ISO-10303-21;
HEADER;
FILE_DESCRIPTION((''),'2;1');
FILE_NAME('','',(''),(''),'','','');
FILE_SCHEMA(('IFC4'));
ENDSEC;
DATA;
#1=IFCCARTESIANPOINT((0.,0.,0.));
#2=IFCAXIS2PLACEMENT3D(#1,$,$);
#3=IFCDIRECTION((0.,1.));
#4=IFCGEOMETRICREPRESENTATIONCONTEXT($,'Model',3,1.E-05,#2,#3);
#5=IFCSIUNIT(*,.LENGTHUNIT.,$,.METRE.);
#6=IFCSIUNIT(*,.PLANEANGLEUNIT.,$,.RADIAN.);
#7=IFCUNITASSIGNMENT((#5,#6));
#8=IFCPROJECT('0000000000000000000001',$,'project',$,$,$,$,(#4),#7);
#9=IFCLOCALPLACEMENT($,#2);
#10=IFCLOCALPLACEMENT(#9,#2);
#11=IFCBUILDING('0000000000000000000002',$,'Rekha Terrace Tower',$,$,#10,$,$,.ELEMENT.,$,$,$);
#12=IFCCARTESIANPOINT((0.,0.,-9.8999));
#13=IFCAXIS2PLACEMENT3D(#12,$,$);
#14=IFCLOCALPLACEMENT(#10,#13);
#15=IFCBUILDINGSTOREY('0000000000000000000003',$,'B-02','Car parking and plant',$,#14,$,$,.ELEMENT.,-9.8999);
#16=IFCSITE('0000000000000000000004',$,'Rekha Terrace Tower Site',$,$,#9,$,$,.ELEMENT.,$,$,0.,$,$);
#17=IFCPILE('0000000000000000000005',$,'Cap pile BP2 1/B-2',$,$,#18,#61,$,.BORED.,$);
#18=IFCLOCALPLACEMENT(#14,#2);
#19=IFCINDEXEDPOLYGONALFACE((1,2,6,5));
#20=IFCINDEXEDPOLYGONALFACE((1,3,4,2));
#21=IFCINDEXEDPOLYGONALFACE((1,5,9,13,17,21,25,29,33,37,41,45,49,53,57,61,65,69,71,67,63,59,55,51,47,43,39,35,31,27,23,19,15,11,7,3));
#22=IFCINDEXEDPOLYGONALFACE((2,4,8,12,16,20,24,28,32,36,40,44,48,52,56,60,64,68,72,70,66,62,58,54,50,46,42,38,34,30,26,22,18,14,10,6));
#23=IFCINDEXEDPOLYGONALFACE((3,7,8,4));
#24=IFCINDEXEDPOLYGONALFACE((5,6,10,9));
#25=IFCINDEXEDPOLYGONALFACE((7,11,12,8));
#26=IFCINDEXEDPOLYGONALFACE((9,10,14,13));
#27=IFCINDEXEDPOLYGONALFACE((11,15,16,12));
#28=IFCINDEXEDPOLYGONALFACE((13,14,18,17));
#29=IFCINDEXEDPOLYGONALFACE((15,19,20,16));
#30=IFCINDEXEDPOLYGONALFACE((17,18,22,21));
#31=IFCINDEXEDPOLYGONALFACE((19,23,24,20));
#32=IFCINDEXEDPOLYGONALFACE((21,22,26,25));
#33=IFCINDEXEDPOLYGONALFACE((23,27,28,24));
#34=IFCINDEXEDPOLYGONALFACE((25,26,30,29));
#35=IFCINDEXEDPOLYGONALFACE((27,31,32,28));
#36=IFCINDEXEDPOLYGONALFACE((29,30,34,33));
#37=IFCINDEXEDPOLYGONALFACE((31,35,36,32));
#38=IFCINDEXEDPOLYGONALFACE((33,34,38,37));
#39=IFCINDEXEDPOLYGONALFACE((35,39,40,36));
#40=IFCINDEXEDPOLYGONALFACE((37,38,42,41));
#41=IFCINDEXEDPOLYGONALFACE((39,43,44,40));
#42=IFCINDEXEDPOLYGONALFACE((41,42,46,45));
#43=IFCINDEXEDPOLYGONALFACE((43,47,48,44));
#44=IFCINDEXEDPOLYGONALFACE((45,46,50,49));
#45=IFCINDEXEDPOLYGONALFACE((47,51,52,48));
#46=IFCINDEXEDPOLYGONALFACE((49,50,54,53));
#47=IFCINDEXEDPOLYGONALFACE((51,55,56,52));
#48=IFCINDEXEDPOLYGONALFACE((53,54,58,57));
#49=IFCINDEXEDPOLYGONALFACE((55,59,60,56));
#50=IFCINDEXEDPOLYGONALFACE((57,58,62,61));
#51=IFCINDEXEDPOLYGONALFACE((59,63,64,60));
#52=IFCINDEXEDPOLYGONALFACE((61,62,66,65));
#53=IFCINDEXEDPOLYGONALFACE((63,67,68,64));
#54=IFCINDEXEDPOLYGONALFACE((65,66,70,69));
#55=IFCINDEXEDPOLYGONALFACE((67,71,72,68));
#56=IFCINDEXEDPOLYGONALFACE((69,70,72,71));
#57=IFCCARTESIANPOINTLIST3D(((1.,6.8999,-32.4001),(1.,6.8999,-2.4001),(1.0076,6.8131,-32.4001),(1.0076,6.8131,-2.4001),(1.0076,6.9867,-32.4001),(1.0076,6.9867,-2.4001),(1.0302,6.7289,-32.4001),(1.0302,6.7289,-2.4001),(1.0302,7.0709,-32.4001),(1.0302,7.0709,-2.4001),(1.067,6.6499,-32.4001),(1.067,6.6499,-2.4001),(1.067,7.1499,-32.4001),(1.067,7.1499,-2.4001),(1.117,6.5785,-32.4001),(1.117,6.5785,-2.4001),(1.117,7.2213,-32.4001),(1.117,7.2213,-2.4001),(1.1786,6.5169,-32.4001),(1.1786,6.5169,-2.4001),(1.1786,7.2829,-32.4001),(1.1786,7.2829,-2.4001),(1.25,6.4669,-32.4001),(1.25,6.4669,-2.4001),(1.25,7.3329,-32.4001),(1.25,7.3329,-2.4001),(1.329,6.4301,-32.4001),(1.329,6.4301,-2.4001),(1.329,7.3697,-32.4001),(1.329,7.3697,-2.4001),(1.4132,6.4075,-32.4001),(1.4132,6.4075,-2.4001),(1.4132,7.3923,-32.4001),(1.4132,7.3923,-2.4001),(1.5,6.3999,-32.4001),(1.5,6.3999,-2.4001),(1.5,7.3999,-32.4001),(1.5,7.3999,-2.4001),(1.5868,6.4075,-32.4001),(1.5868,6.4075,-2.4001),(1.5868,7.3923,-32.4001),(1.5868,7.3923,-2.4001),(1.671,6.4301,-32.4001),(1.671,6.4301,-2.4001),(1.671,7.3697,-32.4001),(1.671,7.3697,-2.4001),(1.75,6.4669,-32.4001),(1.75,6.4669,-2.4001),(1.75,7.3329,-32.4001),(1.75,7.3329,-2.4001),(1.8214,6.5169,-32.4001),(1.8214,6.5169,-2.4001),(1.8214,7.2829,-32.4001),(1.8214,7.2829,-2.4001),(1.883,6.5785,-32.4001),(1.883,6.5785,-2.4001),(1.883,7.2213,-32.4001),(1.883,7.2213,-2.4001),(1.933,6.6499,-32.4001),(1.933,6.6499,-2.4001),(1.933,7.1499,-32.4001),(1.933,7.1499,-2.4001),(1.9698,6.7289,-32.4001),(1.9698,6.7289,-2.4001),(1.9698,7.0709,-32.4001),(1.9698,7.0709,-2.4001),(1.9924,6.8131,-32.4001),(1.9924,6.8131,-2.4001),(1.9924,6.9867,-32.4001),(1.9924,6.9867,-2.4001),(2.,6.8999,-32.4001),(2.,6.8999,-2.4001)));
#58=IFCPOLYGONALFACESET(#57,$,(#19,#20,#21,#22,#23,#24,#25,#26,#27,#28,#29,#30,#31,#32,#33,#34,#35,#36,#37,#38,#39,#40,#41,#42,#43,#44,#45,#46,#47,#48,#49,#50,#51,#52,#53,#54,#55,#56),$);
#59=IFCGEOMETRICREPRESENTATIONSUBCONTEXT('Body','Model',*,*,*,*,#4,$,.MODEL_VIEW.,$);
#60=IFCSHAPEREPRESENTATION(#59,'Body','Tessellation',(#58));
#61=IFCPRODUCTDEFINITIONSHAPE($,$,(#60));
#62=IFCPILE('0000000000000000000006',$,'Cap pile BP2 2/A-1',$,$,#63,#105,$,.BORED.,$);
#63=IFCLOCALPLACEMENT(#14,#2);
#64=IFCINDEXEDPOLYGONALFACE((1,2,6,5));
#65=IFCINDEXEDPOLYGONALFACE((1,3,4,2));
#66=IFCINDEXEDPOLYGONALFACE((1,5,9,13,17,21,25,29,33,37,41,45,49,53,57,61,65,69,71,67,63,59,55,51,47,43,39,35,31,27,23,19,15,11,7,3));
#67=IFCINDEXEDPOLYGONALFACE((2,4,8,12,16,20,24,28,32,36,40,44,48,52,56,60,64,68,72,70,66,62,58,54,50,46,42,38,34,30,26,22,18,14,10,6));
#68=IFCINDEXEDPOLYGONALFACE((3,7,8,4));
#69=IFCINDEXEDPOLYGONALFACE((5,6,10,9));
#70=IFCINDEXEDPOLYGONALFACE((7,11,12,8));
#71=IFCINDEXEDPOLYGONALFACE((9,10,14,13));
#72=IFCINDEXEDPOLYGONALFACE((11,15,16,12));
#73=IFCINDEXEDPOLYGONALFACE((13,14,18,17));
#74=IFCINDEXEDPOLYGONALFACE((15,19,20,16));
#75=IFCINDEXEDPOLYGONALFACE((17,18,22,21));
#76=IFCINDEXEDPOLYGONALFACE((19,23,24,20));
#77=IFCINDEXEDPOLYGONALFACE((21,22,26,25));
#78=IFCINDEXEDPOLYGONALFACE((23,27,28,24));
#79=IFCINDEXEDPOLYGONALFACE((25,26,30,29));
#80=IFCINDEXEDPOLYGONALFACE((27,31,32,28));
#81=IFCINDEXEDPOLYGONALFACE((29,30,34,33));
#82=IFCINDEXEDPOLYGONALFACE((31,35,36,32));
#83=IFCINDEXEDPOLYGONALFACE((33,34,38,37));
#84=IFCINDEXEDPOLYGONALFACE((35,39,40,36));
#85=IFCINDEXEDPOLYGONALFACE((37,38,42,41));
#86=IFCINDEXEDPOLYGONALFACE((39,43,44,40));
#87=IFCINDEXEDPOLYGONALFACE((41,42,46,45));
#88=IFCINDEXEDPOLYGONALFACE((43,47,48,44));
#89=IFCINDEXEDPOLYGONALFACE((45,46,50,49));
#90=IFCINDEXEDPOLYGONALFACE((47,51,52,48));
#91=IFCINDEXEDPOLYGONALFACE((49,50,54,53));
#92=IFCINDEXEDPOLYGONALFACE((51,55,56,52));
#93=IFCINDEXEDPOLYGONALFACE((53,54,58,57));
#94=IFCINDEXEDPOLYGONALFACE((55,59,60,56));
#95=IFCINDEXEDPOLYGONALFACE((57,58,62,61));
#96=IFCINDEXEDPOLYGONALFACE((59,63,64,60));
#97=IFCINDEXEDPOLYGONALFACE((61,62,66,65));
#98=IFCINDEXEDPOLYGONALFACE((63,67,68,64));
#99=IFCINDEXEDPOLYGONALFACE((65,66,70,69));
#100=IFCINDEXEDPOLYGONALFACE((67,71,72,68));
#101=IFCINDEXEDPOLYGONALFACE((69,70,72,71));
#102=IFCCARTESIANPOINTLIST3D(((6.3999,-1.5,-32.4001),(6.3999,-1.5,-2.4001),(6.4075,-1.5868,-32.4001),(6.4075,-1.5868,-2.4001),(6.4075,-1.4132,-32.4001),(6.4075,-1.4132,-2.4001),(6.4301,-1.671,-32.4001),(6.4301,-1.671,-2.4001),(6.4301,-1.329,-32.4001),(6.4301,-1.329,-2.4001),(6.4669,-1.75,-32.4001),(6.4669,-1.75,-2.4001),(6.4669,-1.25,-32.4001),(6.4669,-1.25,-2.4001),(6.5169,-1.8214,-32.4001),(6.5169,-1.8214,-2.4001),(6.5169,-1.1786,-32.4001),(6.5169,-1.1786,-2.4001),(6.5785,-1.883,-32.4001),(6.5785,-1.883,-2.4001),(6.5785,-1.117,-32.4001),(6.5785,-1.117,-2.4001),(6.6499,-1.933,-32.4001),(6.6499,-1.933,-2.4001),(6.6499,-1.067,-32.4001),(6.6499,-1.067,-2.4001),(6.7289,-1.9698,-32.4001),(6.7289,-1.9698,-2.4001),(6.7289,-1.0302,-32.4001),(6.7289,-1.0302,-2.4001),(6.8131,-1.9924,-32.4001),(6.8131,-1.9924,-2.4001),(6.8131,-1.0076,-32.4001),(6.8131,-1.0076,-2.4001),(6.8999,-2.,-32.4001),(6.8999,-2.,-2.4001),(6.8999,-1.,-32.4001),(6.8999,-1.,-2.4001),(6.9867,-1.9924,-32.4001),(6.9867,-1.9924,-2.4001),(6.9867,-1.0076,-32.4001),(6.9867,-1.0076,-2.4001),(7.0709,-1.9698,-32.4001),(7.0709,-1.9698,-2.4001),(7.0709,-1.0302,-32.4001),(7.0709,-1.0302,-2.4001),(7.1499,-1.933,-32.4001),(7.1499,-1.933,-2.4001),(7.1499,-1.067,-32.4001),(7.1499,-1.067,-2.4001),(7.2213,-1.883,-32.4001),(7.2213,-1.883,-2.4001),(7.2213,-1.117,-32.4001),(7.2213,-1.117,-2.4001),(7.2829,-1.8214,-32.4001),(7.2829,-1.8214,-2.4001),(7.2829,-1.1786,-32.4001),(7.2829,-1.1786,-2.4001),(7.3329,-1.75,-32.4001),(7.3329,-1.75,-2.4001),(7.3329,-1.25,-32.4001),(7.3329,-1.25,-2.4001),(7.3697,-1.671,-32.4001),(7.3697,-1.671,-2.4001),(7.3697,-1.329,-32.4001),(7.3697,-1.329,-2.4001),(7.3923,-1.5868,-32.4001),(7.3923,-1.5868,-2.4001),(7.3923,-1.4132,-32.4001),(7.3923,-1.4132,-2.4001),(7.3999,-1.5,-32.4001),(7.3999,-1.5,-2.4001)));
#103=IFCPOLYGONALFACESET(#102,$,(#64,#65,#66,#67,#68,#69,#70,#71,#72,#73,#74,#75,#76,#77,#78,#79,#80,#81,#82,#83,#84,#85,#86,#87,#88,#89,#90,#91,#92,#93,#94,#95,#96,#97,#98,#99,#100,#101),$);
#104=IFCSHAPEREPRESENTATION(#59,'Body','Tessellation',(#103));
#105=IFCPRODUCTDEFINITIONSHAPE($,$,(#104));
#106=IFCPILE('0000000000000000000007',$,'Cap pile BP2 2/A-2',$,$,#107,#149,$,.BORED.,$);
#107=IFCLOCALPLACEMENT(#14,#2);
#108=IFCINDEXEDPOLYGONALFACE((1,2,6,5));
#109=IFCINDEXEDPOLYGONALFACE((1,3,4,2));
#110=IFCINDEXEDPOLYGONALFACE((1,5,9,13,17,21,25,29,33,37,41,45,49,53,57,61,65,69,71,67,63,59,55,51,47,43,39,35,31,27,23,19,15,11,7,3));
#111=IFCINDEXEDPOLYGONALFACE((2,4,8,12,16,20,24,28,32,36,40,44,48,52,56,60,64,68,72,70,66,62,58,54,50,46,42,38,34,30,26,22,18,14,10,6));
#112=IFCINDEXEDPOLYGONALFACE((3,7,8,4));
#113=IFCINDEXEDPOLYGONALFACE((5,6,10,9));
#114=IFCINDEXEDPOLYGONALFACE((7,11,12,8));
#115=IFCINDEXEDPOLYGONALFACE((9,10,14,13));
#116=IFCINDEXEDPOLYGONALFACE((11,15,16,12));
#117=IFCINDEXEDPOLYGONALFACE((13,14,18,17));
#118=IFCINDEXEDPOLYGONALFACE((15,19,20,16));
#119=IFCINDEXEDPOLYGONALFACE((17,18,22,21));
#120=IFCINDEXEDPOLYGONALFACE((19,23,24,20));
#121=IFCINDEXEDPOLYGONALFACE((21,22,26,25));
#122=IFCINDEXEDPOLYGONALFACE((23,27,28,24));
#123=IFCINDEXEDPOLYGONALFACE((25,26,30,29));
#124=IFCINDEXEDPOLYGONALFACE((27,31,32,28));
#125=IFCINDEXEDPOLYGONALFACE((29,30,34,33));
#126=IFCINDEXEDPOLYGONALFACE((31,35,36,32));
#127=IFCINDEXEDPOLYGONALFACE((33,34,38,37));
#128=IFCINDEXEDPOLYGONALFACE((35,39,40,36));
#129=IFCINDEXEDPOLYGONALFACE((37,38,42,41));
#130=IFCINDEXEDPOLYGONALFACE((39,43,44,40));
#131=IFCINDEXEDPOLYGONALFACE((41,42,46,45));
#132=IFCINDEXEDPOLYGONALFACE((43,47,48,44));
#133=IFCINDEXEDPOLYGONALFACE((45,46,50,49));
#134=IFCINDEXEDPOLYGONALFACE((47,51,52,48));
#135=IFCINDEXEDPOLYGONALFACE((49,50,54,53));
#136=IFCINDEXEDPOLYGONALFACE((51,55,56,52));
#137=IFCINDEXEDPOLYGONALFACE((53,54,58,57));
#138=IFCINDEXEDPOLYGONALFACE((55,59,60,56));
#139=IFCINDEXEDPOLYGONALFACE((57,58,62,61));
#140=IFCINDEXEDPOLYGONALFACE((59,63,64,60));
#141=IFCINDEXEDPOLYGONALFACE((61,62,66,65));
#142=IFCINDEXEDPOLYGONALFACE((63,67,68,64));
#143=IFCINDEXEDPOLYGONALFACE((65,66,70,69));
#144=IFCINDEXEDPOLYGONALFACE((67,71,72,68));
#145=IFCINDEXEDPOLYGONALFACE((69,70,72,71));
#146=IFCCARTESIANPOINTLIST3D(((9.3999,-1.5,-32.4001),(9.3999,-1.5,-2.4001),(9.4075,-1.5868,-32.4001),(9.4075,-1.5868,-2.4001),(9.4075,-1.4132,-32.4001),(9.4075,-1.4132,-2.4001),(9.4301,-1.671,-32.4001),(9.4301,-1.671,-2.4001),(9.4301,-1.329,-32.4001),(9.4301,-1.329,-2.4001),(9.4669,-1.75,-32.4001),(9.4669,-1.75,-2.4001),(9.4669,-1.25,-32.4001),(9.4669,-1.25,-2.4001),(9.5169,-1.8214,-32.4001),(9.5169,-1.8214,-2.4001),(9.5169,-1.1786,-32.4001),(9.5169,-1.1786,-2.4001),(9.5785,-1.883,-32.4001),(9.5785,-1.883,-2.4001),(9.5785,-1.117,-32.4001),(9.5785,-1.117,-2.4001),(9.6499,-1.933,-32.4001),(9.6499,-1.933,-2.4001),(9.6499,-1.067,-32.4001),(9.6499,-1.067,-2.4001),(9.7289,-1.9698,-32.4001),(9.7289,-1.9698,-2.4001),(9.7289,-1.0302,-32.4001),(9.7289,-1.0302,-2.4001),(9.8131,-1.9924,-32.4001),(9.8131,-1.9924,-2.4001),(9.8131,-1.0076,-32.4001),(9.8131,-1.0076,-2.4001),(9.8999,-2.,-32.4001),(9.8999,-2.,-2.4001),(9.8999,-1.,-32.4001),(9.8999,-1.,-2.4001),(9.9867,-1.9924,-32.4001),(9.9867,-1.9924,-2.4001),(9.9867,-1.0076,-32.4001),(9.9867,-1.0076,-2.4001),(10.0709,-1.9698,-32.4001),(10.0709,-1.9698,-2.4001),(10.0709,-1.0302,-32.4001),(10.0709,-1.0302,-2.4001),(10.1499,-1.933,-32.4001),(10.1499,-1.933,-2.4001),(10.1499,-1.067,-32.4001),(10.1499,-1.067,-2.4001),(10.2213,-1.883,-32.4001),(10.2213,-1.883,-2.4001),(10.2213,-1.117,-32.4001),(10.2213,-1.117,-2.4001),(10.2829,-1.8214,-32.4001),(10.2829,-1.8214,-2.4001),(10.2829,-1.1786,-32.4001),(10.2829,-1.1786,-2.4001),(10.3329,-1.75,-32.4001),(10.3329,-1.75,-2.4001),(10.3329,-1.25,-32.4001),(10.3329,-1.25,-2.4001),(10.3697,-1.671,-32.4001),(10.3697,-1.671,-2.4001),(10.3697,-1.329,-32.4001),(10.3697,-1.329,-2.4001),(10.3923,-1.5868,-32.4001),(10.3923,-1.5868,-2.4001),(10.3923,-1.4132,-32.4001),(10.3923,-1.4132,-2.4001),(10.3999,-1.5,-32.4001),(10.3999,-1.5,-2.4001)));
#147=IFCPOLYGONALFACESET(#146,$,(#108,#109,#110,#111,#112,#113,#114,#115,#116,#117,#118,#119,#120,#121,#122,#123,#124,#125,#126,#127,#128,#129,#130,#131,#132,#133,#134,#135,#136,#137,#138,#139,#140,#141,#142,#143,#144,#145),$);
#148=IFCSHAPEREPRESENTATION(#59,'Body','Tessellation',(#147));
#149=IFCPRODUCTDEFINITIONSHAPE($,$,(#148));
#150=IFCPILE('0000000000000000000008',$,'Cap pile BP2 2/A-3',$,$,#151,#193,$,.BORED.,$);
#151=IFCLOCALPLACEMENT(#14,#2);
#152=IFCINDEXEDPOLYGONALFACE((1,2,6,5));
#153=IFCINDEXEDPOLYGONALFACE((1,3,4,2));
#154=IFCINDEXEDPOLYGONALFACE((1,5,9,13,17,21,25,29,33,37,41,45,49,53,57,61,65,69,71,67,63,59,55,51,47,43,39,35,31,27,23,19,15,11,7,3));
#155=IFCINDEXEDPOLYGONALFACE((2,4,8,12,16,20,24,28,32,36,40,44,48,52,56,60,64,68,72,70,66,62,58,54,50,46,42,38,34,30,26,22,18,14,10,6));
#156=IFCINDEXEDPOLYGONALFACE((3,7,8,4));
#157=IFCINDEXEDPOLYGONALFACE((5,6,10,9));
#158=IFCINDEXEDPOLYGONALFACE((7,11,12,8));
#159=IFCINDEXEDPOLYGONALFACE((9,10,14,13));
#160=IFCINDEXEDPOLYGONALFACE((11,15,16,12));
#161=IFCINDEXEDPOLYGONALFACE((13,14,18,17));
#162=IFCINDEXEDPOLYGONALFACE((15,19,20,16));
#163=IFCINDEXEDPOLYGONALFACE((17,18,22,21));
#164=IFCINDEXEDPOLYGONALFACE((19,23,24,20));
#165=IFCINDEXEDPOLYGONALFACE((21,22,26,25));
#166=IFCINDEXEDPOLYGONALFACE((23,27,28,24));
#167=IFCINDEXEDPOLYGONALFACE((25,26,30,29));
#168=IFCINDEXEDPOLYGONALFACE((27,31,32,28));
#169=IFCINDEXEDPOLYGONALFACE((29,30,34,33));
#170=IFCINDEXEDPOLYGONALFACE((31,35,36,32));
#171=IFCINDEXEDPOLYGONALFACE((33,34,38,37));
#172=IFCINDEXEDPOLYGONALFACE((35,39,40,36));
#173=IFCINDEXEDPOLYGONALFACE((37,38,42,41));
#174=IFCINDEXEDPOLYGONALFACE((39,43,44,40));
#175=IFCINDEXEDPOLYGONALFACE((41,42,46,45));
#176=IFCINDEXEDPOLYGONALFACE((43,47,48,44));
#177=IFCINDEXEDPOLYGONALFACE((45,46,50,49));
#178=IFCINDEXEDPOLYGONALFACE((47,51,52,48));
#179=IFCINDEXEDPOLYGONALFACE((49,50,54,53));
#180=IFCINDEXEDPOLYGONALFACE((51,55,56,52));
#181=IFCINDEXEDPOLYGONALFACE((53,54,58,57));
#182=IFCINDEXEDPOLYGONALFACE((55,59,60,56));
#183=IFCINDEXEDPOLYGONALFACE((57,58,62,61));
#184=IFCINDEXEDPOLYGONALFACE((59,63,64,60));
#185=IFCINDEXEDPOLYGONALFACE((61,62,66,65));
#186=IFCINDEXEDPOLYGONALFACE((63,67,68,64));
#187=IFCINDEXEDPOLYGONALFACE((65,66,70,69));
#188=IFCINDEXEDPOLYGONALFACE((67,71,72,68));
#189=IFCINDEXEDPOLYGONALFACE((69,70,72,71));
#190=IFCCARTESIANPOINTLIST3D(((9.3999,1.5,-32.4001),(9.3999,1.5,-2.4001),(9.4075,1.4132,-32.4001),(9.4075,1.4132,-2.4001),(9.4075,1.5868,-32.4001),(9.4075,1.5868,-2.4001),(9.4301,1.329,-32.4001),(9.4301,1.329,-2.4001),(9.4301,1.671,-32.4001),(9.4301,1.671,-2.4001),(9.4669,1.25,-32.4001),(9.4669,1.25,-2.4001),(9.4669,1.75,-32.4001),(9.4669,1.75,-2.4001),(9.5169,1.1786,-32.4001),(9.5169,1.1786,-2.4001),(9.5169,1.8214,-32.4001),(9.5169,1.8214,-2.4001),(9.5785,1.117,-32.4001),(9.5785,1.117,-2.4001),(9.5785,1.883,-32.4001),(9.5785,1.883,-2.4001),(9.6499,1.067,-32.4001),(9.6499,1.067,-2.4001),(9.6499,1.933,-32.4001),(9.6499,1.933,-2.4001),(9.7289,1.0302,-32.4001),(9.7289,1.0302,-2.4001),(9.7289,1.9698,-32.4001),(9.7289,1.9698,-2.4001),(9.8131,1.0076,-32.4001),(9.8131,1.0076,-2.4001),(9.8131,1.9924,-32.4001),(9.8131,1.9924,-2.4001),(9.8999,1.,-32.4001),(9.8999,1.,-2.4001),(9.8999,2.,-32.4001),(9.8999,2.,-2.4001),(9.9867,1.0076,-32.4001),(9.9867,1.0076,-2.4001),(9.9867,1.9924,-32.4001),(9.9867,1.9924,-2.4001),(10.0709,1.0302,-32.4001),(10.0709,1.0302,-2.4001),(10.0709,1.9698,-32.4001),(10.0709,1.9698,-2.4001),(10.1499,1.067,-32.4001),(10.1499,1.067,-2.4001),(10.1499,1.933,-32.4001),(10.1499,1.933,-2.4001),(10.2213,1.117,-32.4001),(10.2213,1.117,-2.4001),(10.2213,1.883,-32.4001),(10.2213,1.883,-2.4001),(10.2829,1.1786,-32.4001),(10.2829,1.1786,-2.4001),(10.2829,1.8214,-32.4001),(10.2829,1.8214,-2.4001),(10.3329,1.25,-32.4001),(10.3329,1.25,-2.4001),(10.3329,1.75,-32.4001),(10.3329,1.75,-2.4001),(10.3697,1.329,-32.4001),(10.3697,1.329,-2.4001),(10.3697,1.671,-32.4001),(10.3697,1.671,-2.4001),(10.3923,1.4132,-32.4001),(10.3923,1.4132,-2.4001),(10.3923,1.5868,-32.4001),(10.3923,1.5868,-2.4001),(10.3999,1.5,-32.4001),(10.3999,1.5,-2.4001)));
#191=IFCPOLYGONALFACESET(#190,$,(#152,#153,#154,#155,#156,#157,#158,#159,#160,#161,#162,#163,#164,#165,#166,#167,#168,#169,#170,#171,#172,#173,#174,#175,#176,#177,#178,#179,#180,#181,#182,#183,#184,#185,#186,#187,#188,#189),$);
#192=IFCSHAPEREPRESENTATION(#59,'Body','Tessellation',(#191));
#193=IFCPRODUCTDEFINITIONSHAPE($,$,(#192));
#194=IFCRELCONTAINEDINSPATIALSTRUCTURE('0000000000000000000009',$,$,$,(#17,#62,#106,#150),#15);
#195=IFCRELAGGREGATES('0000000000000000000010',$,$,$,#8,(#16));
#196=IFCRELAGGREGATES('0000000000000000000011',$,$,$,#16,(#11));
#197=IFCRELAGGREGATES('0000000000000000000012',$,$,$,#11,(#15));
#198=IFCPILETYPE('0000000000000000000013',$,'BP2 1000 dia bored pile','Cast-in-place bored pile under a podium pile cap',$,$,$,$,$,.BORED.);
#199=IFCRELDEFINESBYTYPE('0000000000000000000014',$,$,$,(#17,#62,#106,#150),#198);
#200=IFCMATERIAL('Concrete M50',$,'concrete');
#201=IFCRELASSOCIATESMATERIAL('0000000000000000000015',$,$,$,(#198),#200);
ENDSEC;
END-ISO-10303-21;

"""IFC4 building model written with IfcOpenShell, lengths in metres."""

from ifc_helpers import new_model, si_unit, direction, frame, origin, origin_2d, place, context, subcontext, project, spatial, circle, extrude, material, type_object, element, save


model = new_model("IFC4")

# Units and contexts
model_context = context("Model", 3, precision=1e-05, world=origin(), true_north=direction((0.0, 1.0)))
body_context = subcontext(model_context, "Body", "Model", "MODEL_VIEW")
ifc_project = project(units=[si_unit("LENGTHUNIT", "METRE"), si_unit("PLANEANGLEUNIT", "RADIAN")], contexts=[model_context])

# Site, building, storey
site_placement = place(None, origin())
site = spatial("IfcSite", under=ifc_project, at=site_placement, Name="Rekha Terrace Tower Site", CompositionType="ELEMENT", RefElevation=0.0)
building_placement = place(site_placement, origin())
building = spatial("IfcBuilding", under=site, at=building_placement, Name="Rekha Terrace Tower", CompositionType="ELEMENT")
storey_placement = place(building_placement, frame((0.0, 0.0, -9.8999)))
storey = spatial("IfcBuildingStorey", under=building, at=storey_placement, Name="B-02", Description="Car parking and plant", CompositionType="ELEMENT", Elevation=-9.8999)

# Piles
ifc_material_1 = material(Name="Concrete M50", Category="concrete")
pile_type_1 = type_object("IfcPileType", Name="BP2 1000 dia bored pile", Description="Cast-in-place bored pile under a podium pile cap", PredefinedType="BORED", material=ifc_material_1)
for number, where, z_axis, x_axis, name in (
    (1, (1.5, 6.8999, -2.4001), (0.0, 0.0, -1.0), (1.0, 0.0, 0.0), "Cap pile BP2 1/B-2"),
    (2, (6.8999, -1.5, -2.4001), (0.0, 0.0, -1.0), (1.0, 0.0, 0.0), "Cap pile BP2 2/A-1"),
    (3, (9.8999, -1.5, -2.4001), (0.0, 0.0, -1.0), (1.0, 0.0, 0.0), "Cap pile BP2 2/A-2"),
    (4, (9.8999, 1.5, -2.4001), (0.0, 0.0, -1.0), (1.0, 0.0, 0.0), "Cap pile BP2 2/A-3"),
):
    element("IfcPile", number, at=place(storey_placement, frame(where, z_axis=z_axis, x_axis=x_axis)), inside=storey, type_object=pile_type_1, Name=name, PredefinedType="BORED", context=body_context, shape_type="SweptSolid", body=[
        extrude(circle(Radius=0.5, at=origin_2d()), origin(), (0.0, 0.0, 1.0), 30.0),
    ])

save(model, "model.ifc")
